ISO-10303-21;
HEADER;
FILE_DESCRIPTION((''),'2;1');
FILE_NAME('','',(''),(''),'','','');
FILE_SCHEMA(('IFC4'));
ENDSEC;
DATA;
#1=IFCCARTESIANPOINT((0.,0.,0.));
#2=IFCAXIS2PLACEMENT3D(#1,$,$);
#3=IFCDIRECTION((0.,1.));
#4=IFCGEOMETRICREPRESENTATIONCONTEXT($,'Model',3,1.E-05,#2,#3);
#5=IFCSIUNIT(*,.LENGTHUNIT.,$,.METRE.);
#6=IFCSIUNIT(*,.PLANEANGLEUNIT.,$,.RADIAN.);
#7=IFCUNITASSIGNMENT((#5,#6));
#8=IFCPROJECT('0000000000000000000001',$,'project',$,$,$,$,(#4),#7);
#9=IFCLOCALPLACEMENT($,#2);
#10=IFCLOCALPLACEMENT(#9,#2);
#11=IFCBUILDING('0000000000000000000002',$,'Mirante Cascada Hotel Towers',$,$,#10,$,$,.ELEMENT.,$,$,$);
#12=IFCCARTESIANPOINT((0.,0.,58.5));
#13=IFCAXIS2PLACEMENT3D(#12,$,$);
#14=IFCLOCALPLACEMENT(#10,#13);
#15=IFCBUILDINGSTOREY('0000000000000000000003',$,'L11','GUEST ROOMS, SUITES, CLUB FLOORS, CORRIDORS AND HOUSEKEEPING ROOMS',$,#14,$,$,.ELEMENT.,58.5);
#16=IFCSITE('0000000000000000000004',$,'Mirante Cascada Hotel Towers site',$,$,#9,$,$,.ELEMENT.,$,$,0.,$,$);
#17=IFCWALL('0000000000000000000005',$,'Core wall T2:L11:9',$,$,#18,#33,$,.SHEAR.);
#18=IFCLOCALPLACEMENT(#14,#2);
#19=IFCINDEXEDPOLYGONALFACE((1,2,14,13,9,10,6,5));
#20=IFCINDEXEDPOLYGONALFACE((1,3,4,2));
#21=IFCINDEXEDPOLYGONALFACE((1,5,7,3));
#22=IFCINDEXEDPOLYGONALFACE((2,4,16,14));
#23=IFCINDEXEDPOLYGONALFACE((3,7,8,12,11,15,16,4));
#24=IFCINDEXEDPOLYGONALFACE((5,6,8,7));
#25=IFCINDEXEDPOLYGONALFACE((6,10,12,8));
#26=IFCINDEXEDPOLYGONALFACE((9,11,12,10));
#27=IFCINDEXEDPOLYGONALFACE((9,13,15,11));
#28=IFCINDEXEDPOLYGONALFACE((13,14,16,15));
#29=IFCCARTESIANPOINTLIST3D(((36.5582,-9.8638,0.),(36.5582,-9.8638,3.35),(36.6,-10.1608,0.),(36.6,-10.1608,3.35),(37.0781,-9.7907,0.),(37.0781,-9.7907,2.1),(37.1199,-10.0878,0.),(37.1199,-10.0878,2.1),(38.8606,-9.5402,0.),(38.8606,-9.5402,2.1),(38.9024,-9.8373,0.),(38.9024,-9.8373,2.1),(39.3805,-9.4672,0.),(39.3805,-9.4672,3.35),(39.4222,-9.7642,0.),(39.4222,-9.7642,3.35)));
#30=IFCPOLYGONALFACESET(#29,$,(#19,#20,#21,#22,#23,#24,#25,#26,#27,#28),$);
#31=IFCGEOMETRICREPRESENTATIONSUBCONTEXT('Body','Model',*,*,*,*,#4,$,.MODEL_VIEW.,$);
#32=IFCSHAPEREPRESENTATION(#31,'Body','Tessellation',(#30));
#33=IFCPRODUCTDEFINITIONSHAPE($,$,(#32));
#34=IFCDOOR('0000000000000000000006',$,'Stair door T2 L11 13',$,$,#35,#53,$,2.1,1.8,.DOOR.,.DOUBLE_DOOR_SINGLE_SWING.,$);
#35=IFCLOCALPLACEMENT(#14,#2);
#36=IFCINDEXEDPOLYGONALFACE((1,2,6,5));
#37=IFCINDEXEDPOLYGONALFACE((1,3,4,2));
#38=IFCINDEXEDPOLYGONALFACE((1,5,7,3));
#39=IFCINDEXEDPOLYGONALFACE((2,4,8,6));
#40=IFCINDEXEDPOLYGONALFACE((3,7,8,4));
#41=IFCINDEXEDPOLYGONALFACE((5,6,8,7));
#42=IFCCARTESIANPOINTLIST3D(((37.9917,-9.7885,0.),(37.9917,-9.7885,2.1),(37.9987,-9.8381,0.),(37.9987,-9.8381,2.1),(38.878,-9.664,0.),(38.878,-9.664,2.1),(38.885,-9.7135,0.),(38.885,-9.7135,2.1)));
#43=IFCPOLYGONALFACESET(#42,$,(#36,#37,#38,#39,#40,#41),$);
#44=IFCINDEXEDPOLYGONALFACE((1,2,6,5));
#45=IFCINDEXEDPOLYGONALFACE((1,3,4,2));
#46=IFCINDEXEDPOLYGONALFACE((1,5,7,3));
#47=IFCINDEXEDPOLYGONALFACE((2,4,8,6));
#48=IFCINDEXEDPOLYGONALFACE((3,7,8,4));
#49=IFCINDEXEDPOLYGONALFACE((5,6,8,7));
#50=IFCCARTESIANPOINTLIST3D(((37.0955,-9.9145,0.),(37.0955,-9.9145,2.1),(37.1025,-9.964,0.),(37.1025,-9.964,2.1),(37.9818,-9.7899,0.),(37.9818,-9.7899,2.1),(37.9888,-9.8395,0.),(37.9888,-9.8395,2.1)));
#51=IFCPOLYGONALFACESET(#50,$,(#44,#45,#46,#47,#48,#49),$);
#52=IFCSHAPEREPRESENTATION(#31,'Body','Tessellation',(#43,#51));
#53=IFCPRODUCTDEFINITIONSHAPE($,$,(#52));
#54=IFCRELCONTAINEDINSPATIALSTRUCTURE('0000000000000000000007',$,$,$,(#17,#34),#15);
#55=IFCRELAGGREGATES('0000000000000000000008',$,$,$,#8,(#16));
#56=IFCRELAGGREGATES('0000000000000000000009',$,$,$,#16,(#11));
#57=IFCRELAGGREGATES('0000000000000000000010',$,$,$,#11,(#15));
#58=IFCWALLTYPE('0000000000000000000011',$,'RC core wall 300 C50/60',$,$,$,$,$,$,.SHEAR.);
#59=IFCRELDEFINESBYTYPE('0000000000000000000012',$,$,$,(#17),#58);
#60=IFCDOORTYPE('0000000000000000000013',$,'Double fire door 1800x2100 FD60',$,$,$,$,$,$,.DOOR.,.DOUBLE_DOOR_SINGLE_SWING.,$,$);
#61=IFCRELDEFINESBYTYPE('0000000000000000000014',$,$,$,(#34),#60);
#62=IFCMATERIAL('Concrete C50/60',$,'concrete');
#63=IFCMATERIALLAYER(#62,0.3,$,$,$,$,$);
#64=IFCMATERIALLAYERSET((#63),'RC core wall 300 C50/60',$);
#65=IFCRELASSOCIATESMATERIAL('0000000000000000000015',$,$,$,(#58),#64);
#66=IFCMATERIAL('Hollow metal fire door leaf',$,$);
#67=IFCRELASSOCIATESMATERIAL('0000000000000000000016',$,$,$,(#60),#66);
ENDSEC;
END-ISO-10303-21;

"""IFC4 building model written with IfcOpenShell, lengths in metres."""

from ifc_helpers import new_model, si_unit, direction, frame, frame_2d, origin, place, context, subcontext, project, spatial, rectangle, extrude, material, layer, layer_set, type_object, element, fill, save


model = new_model("IFC4")

# Units and contexts
model_context = context("Model", 3, precision=1e-05, world=origin(), true_north=direction((0.0, 1.0)))
body_context = subcontext(model_context, "Body", "Model", "MODEL_VIEW")
ifc_project = project(units=[si_unit("LENGTHUNIT", "METRE"), si_unit("PLANEANGLEUNIT", "RADIAN")], contexts=[model_context])

# Site, building, storey
site_placement = place(None, origin())
site = spatial("IfcSite", under=ifc_project, at=site_placement, Name="Mirante Cascada Hotel Towers site", CompositionType="ELEMENT", RefElevation=0.0)
building_placement = place(site_placement, origin())
building = spatial("IfcBuilding", under=site, at=building_placement, Name="Mirante Cascada Hotel Towers", CompositionType="ELEMENT")
storey_placement = place(building_placement, frame((0.0, 0.0, 58.5)))
storey = spatial("IfcBuildingStorey", under=building, at=storey_placement, Name="L11", Description="GUEST ROOMS, SUITES, CLUB FLOORS, CORRIDORS AND HOUSEKEEPING ROOMS", CompositionType="ELEMENT", Elevation=58.5)

# Wall, opening, door
ifc_material_1 = material(Name="Concrete C50/60", Category="concrete")
ifc_layer_1 = layer(ifc_material_1, 0.3)
ifc_layer_set_1 = layer_set([ifc_layer_1], Name="RC core wall 300 C50/60")
wall_type_1 = type_object("IfcWallType", Name="RC core wall 300 C50/60", PredefinedType="SHEAR", material=ifc_layer_set_1)
wall_1_placement = place(storey_placement, frame((36.5791, -10.0123, 0.0), z_axis=(0.0, 0.0, 1.0), x_axis=(0.99027, 0.139156, 0.0)))
wall_1 = element("IfcWall", 1, at=wall_1_placement, inside=storey, type_object=wall_type_1, Name="Core wall T2:L11:9", PredefinedType="SHEAR", context=body_context, shape_type="SweptSolid", body=[
    extrude(rectangle(XDim=2.85, YDim=0.3, at=frame_2d((1.425, 0.0))), origin(), (0.0, 0.0, 1.0), 3.35),
])
opening_1_placement = place(wall_1_placement, frame((0.525, 0.0, 0.0)))
opening_1 = element("IfcOpeningElement", 2, at=opening_1_placement, cuts=wall_1, PredefinedType="OPENING", context=body_context, shape_type="SweptSolid", body=[
    extrude(rectangle(XDim=1.8, YDim=2.1, at=frame_2d((0.9, 1.05))), frame((0.0, 0.15, 0.0), z_axis=(0.0, -1.0, 0.0), x_axis=(1.0, 0.0, 0.0)), (0.0, 0.0, 1.0), 0.3),
])
ifc_material_2 = material(Name="Hollow metal fire door leaf")
door_type_1 = type_object("IfcDoorType", Name="Double fire door 1800x2100 FD60", OperationType="DOUBLE_DOOR_SINGLE_SWING", PredefinedType="DOOR", material=ifc_material_2)
door_1_placement = place(opening_1_placement, frame((1.8, 0.0, 0.0), z_axis=(0.0, 0.0, 1.0), x_axis=(-1.0, 0.0, 0.0)))
door_1 = element("IfcDoor", 3, at=door_1_placement, inside=storey, type_object=door_type_1, Name="Stair door T2 L11 13", OperationType="DOUBLE_DOOR_SINGLE_SWING", OverallHeight=2.1, OverallWidth=1.8, PredefinedType="DOOR", context=body_context, shape_type="SweptSolid", body=[
    extrude(rectangle(XDim=0.895, YDim=2.1, at=frame_2d((0.4475, 1.05))), frame((0.0, 0.025, 0.0), z_axis=(0.0, -1.0, 0.0), x_axis=(1.0, 0.0, 0.0)), (0.0, 0.0, 1.0), 0.05),
    extrude(rectangle(XDim=0.895, YDim=2.1, at=frame_2d((1.3525, 1.05))), frame((0.0, 0.025, 0.0), z_axis=(0.0, -1.0, 0.0), x_axis=(1.0, 0.0, 0.0)), (0.0, 0.0, 1.0), 0.05),
])
fill(opening_1, door_1)

save(model, "model.ifc")
